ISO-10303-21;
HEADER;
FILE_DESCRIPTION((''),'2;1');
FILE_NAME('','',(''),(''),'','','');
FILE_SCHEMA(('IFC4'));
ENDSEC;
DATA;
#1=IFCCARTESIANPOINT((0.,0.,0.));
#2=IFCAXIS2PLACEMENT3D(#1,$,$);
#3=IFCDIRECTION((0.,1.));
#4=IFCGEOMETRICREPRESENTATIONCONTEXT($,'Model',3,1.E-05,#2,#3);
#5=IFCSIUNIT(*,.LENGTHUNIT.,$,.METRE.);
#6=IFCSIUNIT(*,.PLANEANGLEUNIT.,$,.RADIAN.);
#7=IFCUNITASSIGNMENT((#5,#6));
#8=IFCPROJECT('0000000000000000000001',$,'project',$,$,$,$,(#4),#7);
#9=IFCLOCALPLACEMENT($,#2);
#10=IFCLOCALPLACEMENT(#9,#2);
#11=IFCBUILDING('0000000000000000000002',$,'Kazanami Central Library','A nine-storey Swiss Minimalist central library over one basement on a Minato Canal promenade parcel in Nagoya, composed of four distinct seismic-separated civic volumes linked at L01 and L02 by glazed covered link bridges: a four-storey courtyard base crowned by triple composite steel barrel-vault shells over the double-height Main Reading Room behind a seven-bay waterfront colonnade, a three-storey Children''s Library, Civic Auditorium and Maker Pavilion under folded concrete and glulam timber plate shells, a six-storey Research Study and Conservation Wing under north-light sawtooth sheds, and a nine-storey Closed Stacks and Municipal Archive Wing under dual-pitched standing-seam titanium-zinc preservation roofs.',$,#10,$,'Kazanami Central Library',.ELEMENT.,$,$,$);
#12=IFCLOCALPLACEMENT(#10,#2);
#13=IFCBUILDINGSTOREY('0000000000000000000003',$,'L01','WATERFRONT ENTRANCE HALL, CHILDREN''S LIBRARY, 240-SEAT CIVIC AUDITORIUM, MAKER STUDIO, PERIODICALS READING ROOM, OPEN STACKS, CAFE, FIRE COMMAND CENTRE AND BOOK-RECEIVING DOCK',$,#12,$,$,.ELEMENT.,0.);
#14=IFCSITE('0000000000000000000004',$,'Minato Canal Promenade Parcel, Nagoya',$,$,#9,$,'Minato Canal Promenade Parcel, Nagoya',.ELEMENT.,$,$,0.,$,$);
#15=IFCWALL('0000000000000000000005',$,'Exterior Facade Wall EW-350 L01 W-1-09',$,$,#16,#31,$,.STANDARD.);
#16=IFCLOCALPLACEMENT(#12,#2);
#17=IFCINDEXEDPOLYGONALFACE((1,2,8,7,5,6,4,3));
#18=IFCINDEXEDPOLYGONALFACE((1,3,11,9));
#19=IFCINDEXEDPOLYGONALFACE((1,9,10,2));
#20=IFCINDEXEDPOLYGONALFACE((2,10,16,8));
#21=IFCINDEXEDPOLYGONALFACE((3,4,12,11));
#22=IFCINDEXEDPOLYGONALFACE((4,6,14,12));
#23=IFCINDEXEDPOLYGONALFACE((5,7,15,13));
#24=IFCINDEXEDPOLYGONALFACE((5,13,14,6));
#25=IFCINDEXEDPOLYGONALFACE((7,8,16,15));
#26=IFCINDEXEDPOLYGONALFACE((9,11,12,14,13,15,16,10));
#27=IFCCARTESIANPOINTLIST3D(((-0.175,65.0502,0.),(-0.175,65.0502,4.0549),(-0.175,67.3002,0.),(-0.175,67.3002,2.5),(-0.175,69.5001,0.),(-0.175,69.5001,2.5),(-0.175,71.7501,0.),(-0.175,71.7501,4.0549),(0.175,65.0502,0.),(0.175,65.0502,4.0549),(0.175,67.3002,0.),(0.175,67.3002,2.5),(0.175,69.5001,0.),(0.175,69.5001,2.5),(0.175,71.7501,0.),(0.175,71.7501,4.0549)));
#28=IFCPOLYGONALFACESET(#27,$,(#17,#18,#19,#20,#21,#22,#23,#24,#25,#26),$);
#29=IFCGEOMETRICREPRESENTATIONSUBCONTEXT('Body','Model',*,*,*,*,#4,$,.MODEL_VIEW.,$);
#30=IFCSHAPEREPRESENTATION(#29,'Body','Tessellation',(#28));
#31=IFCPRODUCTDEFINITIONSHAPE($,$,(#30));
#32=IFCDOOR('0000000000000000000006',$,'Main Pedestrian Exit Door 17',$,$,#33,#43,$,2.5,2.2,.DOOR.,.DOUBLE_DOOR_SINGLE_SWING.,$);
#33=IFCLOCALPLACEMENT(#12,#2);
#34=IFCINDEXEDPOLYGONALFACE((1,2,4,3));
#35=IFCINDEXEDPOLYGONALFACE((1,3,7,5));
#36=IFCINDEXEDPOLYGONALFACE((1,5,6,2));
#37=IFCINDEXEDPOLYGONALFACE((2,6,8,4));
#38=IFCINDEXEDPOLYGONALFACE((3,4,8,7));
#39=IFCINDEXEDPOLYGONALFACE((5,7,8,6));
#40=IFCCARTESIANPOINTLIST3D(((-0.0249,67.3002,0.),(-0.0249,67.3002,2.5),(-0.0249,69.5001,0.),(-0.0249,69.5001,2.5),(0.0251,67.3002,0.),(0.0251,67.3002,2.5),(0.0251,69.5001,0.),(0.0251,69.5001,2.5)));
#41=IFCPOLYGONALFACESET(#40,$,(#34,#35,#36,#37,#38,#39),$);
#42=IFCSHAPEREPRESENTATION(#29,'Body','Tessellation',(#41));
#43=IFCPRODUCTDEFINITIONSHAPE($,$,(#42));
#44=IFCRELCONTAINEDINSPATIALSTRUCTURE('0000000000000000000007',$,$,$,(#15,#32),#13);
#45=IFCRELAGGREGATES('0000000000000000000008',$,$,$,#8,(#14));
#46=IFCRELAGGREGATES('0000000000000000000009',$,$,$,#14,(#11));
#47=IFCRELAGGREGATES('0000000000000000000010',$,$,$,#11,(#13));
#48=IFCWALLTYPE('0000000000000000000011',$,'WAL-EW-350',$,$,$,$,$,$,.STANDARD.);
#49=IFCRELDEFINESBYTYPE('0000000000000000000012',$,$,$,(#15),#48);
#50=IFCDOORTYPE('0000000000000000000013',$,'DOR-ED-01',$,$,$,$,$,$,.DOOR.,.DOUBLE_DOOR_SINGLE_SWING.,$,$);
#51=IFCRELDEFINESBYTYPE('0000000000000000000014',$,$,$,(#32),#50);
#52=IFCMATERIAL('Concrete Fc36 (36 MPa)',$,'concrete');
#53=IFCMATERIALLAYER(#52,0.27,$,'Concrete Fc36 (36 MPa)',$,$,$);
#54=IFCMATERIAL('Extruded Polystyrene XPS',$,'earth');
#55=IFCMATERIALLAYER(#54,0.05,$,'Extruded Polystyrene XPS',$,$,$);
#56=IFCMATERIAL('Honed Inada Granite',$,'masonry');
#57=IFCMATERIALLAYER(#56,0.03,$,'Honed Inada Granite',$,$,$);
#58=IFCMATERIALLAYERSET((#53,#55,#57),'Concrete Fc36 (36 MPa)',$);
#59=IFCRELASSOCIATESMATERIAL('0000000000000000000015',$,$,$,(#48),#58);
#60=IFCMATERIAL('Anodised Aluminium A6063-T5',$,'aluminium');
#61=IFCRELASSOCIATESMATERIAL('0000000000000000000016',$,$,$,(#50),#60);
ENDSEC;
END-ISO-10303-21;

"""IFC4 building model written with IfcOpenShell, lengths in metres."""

from ifc_helpers import new_model, si_unit, direction, frame, frame_2d, origin, place, context, subcontext, project, spatial, rectangle, extrude, material, layer, layer_set, type_object, element, fill, save


model = new_model("IFC4")

# Units and contexts
model_context = context("Model", 3, precision=1e-05, world=origin(), true_north=direction((0.0, 1.0)))
body_context = subcontext(model_context, "Body", "Model", "MODEL_VIEW")
ifc_project = project(units=[si_unit("LENGTHUNIT", "METRE"), si_unit("PLANEANGLEUNIT", "RADIAN")], contexts=[model_context])

# Site, building, storey
site_placement = place(None, origin())
site = spatial("IfcSite", under=ifc_project, at=site_placement, Name="Minato Canal Promenade Parcel, Nagoya", LongName="Minato Canal Promenade Parcel, Nagoya", CompositionType="ELEMENT", RefElevation=0.0)
building_placement = place(site_placement, origin())
building = spatial("IfcBuilding", under=site, at=building_placement, Name="Kazanami Central Library", Description="A nine-storey Swiss Minimalist central library over one basement on a Minato Canal promenade parcel in Nagoya, composed of four distinct seismic-separated civic volumes linked at L01 and L02 by glazed covered link bridges: a four-storey courtyard base crowned by triple composite steel barrel-vault shells over the double-height Main Reading Room behind a seven-bay waterfront colonnade, a three-storey Children's Library, Civic Auditorium and Maker Pavilion under folded concrete and glulam timber plate shells, a six-storey Research Study and Conservation Wing under north-light sawtooth sheds, and a nine-storey Closed Stacks and Municipal Archive Wing under dual-pitched standing-seam titanium-zinc preservation roofs.", LongName="Kazanami Central Library", CompositionType="ELEMENT")
storey_placement = place(building_placement, origin())
storey = spatial("IfcBuildingStorey", under=building, at=storey_placement, Name="L01", Description="WATERFRONT ENTRANCE HALL, CHILDREN'S LIBRARY, 240-SEAT CIVIC AUDITORIUM, MAKER STUDIO, PERIODICALS READING ROOM, OPEN STACKS, CAFE, FIRE COMMAND CENTRE AND BOOK-RECEIVING DOCK", CompositionType="ELEMENT", Elevation=0.0)

# Shared definitions
ifc_material_1 = material(Name="Anodised Aluminium A6063-T5", Category="aluminium")

# Shared definitions
ifc_material_2 = material(Name="Concrete Fc36 (36 MPa)", Category="concrete")
ifc_layer_1 = layer(ifc_material_2, 0.27, Name="Concrete Fc36 (36 MPa)")
ifc_material_3 = material(Name="Extruded Polystyrene XPS", Category="earth")
ifc_layer_2 = layer(ifc_material_3, 0.05, Name="Extruded Polystyrene XPS")
ifc_material_4 = material(Name="Honed Inada Granite", Category="masonry")
ifc_layer_3 = layer(ifc_material_4, 0.03, Name="Honed Inada Granite")
ifc_layer_set_1 = layer_set([ifc_layer_1, ifc_layer_2, ifc_layer_3], Name="Concrete Fc36 (36 MPa)")
wall_type = type_object("IfcWallType", Name="WAL-EW-350", PredefinedType="STANDARD", material=ifc_layer_set_1)

# Wall, opening, door
wall_1_placement = place(storey_placement, frame((0.0, 65.05, 0.0), z_axis=(0.0, 0.0, 1.0), x_axis=(0.0, 1.0, 0.0)))
wall_1 = element("IfcWall", 1, at=wall_1_placement, inside=storey, type_object=wall_type, Name="Exterior Facade Wall EW-350 L01 W-1-09", PredefinedType="STANDARD", context=body_context, shape_type="SweptSolid", body=[
    extrude(rectangle(XDim=6.7, YDim=0.3501, at=frame_2d((3.3501, 0.0))), origin(), (0.0, 0.0, 1.0), 4.0549),
])
opening_1_placement = place(wall_1_placement, frame((2.25, 0.0, 0.0)))
opening_1 = element("IfcOpeningElement", 2, at=opening_1_placement, cuts=wall_1, PredefinedType="OPENING", context=body_context, shape_type="SweptSolid", body=[
    extrude(rectangle(XDim=2.2, YDim=2.5, at=frame_2d((1.1001, 1.25))), frame((0.0, 0.187, 0.0), z_axis=(0.0, -1.0, 0.0), x_axis=(1.0, 0.0, 0.0)), (0.0, 0.0, 1.0), 0.374),
])
door_type = type_object("IfcDoorType", Name="DOR-ED-01", OperationType="DOUBLE_DOOR_SINGLE_SWING", PredefinedType="DOOR", material=ifc_material_1)
door_placement = place(opening_1_placement, origin())
door = element("IfcDoor", 3, at=door_placement, inside=storey, type_object=door_type, Name="Main Pedestrian Exit Door 17", OperationType="DOUBLE_DOOR_SINGLE_SWING", OverallHeight=2.5, OverallWidth=2.2, PredefinedType="DOOR", context=body_context, shape_type="SweptSolid", body=[
    extrude(rectangle(XDim=2.2, YDim=2.5, at=frame_2d((1.1001, 1.25))), frame((0.0, 0.0249, 0.0), z_axis=(0.0, -1.0, 0.0), x_axis=(1.0, 0.0, 0.0)), (0.0, 0.0, 1.0), 0.05),
])
fill(opening_1, door)

save(model, "model.ifc")
